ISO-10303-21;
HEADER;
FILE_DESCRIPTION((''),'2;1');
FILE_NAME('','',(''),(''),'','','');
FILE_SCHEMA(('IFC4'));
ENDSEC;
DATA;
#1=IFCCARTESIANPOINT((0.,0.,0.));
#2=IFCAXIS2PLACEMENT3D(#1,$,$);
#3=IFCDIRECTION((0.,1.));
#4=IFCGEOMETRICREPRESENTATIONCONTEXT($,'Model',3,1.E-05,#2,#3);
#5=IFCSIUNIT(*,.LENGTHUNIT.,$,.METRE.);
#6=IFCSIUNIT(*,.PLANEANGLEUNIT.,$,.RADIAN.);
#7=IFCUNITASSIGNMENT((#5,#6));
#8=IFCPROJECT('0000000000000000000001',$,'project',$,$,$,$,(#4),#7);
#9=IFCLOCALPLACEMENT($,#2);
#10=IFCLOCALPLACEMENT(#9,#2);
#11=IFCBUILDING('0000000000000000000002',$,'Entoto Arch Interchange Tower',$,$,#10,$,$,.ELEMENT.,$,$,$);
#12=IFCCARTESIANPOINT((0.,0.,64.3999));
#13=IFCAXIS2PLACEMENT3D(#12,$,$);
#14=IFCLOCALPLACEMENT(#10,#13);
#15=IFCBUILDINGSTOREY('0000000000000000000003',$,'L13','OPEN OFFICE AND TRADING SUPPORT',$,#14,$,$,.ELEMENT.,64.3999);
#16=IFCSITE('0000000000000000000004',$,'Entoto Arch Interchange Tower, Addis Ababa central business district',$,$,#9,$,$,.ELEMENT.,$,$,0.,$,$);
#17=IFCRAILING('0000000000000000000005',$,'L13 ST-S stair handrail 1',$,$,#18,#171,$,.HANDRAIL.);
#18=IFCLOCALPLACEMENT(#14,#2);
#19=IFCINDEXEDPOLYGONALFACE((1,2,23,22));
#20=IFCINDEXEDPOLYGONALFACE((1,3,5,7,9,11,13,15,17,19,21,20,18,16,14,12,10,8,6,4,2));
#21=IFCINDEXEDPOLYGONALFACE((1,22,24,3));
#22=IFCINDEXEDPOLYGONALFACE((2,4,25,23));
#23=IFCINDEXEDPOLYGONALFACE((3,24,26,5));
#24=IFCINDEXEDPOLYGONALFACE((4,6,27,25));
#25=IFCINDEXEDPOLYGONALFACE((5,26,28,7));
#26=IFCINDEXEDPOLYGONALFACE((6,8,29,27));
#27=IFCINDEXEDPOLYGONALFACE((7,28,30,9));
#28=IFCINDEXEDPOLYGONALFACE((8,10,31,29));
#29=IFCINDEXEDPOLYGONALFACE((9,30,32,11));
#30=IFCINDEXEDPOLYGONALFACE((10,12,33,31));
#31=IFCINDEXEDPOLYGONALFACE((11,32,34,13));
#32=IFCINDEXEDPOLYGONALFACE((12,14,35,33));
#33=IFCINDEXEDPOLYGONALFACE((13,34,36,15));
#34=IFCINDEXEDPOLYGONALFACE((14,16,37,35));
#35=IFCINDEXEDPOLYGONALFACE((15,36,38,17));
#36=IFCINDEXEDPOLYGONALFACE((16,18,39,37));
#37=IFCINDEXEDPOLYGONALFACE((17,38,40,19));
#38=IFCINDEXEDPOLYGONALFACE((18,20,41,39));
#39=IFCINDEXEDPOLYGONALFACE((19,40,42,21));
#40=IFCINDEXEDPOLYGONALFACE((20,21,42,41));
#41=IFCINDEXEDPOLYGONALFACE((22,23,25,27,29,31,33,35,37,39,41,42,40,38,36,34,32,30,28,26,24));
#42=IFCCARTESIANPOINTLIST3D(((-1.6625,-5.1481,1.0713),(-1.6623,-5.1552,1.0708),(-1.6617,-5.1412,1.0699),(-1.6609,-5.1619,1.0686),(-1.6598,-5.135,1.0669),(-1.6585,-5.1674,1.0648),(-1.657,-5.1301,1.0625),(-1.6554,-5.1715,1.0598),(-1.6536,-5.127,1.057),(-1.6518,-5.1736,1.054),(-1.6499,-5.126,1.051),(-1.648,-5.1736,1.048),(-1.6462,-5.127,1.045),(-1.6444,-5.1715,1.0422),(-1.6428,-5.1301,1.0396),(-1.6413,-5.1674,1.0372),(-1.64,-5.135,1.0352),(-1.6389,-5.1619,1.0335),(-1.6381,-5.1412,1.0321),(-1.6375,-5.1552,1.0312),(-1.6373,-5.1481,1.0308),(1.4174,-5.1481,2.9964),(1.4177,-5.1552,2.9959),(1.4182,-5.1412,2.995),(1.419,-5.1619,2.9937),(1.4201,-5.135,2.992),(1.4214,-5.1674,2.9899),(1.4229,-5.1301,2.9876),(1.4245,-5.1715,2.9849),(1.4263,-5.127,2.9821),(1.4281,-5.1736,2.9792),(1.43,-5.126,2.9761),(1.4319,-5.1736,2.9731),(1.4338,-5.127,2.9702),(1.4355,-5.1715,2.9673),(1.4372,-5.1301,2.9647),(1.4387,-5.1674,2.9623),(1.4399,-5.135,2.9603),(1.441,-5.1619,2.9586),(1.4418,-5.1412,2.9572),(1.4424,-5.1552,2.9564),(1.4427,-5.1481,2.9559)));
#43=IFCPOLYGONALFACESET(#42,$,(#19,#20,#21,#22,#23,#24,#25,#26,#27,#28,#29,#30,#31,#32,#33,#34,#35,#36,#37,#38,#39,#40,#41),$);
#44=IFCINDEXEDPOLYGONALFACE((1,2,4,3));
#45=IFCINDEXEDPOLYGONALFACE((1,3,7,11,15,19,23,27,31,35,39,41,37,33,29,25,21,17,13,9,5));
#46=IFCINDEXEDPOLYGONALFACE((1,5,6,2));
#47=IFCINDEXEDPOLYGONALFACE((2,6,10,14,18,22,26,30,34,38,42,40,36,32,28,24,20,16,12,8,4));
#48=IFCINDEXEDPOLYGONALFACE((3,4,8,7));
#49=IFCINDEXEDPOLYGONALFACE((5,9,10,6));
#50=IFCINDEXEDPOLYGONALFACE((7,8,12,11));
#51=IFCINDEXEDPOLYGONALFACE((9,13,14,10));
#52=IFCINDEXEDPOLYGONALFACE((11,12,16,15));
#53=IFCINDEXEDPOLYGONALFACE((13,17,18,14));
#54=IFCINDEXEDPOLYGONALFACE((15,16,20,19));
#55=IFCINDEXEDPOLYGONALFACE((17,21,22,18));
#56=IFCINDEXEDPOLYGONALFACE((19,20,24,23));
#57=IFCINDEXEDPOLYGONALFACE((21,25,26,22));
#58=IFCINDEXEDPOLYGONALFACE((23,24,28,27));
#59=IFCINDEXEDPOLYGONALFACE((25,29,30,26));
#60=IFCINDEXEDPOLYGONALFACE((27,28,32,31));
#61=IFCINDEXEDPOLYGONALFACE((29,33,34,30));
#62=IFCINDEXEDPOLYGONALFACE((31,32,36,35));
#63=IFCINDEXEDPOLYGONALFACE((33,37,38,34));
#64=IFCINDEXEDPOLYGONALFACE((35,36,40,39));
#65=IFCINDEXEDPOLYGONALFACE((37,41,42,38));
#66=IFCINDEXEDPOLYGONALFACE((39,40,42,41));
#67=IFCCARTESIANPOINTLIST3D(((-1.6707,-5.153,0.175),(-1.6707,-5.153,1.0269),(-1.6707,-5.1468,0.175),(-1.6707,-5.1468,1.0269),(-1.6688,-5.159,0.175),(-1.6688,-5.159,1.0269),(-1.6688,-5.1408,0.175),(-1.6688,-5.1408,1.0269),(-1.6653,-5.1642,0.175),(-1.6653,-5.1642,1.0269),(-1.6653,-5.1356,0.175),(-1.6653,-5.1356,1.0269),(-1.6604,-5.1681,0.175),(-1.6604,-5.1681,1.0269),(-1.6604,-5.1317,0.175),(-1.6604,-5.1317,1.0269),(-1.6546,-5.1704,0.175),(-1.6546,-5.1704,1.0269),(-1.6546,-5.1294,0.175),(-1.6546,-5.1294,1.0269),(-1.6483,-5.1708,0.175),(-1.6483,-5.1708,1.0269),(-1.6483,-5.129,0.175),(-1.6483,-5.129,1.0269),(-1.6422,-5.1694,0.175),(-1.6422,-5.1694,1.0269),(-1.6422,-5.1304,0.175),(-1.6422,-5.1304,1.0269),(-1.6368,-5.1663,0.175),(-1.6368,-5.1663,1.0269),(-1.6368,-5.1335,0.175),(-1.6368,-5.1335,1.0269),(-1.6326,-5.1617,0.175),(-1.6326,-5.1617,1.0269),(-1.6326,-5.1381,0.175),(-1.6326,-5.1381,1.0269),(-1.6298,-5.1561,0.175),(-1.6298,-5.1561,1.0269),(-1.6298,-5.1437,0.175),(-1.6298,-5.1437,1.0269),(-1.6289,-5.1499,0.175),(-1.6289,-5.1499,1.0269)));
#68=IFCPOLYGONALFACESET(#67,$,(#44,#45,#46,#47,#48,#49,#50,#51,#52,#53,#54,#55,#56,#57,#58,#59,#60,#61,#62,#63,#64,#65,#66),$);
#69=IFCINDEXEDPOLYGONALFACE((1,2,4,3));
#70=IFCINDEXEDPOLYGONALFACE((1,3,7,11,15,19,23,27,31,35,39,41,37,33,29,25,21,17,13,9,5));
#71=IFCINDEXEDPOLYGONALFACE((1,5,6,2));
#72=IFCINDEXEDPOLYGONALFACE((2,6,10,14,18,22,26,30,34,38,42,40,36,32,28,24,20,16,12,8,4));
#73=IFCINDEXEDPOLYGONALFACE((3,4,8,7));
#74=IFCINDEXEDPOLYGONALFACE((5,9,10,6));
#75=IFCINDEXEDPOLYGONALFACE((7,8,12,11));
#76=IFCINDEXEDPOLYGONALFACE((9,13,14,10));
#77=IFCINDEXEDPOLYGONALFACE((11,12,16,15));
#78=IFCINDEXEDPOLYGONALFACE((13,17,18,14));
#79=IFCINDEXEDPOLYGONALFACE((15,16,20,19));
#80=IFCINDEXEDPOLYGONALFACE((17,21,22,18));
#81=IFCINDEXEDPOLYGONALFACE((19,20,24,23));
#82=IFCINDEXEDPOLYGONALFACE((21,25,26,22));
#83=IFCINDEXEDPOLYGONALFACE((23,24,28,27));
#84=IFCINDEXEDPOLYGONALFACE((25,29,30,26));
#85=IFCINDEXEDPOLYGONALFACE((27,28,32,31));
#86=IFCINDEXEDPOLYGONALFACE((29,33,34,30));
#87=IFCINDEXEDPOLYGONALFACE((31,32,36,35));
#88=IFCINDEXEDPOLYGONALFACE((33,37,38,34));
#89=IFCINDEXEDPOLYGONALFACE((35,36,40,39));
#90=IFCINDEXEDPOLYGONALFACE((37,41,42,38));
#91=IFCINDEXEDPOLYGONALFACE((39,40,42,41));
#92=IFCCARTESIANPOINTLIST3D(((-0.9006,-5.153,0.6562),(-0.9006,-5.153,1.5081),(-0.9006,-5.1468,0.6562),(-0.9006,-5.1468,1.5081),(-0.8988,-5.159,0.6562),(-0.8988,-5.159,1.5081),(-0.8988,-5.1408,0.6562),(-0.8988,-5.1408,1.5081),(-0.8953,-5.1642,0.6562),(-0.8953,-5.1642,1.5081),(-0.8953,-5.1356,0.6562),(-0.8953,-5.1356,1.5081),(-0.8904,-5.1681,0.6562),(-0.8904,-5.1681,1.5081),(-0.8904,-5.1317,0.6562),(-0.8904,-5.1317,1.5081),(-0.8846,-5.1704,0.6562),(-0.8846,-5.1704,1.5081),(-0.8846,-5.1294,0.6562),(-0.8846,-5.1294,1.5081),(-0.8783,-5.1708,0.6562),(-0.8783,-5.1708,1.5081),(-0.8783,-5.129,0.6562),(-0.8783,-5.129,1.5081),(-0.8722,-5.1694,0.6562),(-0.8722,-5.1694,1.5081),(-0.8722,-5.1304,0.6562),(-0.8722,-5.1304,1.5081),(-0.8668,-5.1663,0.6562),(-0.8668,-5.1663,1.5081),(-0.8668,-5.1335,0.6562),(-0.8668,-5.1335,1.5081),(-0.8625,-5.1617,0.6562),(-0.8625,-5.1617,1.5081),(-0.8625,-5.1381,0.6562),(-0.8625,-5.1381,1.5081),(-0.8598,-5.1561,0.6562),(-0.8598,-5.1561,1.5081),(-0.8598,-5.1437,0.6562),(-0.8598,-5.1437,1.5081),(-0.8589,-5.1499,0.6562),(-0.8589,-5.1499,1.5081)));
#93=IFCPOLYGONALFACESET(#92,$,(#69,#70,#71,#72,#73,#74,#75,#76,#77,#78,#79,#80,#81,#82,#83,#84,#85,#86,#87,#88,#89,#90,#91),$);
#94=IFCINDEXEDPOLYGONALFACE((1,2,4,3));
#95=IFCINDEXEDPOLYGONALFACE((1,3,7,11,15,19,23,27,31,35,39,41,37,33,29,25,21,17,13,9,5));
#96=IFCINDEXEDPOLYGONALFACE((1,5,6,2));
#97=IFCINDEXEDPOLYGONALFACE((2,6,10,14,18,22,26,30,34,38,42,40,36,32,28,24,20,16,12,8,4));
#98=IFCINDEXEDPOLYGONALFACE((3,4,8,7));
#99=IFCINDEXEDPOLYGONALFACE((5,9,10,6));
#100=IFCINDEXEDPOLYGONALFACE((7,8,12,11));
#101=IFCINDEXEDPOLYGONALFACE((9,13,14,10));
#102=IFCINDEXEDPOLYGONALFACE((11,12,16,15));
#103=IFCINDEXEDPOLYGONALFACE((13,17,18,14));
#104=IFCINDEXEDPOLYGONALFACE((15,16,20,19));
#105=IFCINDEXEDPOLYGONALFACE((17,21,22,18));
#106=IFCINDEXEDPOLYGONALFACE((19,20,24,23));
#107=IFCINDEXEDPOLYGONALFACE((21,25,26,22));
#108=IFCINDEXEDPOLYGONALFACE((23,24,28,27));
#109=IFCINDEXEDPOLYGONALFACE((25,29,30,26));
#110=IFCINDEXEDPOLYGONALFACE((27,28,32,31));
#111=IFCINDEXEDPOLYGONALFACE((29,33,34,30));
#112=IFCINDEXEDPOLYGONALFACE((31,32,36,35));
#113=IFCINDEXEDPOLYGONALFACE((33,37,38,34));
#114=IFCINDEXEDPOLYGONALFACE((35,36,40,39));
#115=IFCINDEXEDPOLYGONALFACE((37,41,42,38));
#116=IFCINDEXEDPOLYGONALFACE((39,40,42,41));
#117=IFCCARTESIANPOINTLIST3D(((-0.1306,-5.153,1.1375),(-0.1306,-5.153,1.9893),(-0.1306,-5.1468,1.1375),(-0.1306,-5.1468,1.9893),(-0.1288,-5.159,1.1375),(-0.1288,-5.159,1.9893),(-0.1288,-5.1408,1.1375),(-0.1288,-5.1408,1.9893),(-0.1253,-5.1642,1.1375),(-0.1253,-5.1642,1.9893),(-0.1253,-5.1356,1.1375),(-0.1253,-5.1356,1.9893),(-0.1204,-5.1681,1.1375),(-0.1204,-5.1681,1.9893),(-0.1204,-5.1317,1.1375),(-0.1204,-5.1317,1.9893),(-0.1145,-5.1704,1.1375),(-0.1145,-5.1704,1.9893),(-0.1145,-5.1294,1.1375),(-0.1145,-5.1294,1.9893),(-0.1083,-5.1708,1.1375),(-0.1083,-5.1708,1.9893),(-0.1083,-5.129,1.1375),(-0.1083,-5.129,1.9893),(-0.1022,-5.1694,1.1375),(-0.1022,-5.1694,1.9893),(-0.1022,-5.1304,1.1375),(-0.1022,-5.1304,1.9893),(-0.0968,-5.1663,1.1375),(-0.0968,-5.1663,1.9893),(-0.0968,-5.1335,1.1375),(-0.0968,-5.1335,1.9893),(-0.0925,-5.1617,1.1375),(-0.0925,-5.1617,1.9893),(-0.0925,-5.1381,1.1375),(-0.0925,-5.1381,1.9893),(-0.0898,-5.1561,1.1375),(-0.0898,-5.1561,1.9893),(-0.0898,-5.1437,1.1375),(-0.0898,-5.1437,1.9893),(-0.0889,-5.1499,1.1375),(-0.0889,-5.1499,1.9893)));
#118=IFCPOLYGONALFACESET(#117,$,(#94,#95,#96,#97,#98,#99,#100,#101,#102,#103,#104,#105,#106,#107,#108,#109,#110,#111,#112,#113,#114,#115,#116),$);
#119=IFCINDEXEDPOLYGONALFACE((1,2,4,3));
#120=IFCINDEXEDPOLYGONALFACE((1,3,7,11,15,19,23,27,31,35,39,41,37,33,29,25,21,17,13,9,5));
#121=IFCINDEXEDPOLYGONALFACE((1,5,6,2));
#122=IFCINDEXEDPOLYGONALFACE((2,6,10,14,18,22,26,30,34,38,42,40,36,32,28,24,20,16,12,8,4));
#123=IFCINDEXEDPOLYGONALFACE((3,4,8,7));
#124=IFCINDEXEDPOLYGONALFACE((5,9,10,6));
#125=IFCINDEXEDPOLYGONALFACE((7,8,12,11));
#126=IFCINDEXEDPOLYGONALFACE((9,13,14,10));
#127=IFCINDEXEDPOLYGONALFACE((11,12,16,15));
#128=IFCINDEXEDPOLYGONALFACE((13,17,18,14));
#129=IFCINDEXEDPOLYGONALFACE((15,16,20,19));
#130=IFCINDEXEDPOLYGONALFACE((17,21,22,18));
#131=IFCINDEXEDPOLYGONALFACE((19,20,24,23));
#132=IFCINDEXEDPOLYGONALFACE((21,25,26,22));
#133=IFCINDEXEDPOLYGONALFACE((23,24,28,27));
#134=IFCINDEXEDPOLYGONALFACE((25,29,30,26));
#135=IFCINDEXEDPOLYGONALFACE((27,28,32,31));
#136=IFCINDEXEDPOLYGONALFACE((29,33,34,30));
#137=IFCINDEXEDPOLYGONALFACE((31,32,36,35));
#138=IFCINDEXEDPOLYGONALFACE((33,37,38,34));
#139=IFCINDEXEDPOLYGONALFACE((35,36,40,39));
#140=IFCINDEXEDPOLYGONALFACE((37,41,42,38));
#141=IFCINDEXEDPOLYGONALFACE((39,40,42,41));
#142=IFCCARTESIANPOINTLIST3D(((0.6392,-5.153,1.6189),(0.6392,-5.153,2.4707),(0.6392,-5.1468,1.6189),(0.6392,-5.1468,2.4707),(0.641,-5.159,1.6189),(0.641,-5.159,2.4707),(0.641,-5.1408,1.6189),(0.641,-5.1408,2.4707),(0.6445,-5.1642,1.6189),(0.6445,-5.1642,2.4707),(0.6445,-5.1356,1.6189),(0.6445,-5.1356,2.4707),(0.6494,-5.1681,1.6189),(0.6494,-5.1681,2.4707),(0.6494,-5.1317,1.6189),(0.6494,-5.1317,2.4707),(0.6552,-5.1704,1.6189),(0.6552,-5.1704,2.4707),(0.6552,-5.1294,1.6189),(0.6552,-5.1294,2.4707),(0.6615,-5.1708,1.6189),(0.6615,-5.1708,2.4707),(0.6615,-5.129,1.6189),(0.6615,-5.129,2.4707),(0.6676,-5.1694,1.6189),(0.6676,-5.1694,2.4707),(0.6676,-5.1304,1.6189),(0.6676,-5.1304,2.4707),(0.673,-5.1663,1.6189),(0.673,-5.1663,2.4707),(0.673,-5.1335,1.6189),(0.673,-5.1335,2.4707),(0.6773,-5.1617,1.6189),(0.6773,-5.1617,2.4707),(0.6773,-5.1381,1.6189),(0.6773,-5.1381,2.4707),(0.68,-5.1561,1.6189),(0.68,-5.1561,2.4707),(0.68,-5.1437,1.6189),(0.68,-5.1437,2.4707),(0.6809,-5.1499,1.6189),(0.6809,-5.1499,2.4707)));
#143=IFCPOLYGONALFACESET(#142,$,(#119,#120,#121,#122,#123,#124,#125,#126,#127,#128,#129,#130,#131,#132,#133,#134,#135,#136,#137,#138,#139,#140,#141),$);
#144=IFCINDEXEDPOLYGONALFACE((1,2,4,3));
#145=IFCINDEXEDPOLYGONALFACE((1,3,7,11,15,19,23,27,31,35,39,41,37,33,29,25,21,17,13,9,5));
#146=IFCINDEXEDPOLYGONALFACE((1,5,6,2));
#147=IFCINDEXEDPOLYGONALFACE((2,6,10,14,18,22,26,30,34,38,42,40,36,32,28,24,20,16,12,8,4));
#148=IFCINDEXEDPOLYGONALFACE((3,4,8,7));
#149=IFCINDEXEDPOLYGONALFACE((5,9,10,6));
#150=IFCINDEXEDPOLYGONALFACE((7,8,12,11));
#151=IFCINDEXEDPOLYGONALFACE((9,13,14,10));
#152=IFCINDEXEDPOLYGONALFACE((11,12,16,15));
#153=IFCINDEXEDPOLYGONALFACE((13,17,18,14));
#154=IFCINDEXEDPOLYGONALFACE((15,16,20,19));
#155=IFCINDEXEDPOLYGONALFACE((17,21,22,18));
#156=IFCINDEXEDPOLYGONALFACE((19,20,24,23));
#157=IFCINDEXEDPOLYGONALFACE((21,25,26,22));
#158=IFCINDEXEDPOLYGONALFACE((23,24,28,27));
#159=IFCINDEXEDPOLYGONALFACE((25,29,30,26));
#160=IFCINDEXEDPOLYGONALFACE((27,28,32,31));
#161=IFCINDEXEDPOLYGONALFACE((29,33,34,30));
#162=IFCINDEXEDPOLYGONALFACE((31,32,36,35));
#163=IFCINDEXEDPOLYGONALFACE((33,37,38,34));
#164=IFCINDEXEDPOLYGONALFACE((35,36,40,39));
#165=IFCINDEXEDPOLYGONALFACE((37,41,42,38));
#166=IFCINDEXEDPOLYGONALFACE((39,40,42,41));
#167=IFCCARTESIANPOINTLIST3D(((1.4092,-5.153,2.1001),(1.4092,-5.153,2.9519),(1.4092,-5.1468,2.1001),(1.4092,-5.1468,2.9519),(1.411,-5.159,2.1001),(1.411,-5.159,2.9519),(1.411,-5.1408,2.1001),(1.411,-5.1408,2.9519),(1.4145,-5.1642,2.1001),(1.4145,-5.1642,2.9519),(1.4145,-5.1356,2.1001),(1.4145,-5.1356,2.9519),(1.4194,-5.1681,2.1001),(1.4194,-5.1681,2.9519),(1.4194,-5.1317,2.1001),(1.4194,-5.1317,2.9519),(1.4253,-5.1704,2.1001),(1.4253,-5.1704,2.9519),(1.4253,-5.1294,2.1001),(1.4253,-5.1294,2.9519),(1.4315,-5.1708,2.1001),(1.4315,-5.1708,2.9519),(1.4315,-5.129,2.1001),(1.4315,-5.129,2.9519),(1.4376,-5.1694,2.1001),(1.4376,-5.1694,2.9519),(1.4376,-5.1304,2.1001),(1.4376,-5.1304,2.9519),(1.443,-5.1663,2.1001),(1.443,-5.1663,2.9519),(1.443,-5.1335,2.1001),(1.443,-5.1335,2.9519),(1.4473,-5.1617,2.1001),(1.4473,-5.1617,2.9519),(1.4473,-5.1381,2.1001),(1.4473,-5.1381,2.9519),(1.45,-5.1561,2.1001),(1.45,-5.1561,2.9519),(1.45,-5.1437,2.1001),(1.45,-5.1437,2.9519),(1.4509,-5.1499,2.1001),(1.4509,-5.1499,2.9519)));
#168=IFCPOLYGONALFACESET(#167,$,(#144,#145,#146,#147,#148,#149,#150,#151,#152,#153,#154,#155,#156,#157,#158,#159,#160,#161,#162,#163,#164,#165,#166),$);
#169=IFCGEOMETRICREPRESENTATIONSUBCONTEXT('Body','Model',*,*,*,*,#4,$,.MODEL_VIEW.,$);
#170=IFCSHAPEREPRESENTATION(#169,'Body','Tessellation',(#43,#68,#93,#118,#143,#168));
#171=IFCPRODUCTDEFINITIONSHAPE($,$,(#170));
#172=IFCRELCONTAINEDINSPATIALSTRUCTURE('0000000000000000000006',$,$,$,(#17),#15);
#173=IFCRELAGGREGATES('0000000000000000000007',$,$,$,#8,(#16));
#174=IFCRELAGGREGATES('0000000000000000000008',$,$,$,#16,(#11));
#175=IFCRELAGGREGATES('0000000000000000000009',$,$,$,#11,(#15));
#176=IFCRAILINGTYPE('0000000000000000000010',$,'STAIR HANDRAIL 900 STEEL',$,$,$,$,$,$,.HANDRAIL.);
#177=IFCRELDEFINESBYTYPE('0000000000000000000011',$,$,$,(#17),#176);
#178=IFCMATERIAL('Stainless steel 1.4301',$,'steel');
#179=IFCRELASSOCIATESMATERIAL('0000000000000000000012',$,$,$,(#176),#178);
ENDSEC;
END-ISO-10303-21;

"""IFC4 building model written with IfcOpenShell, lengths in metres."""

from ifc_helpers import new_model, si_unit, direction, frame, origin, origin_2d, place, context, subcontext, project, spatial, circle, extrude, material, type_object, element, save


model = new_model("IFC4")

# Units and contexts
model_context = context("Model", 3, precision=1e-05, world=origin(), true_north=direction((0.0, 1.0)))
body_context = subcontext(model_context, "Body", "Model", "MODEL_VIEW")
ifc_project = project(units=[si_unit("LENGTHUNIT", "METRE"), si_unit("PLANEANGLEUNIT", "RADIAN")], contexts=[model_context])

# Site, building, storey
site_placement = place(None, origin())
site = spatial("IfcSite", under=ifc_project, at=site_placement, Name="Entoto Arch Interchange Tower, Addis Ababa central business district", CompositionType="ELEMENT", RefElevation=0.0)
building_placement = place(site_placement, origin())
building = spatial("IfcBuilding", under=site, at=building_placement, Name="Entoto Arch Interchange Tower", CompositionType="ELEMENT")
storey_placement = place(building_placement, frame((0.0, 0.0, 64.3999)))
storey = spatial("IfcBuildingStorey", under=building, at=storey_placement, Name="L13", Description="OPEN OFFICE AND TRADING SUPPORT", CompositionType="ELEMENT", Elevation=64.3999)

# Railing
ifc_material_1 = material(Name="Stainless steel 1.4301", Category="steel")
railing_type_1 = type_object("IfcRailingType", Name="STAIR HANDRAIL 900 STEEL", PredefinedType="HANDRAIL", material=ifc_material_1)
railing_1_placement = place(storey_placement, frame((-1.6499, -5.1499, 0.175)))
element("IfcRailing", 1, at=railing_1_placement, inside=storey, type_object=railing_type_1, Name="L13 ST-S stair handrail 1", PredefinedType="HANDRAIL", context=body_context, shape_type="SweptSolid", body=[
    extrude(circle(Radius=0.0239, at=origin_2d()), frame((0.0, 0.0, 0.876), z_axis=(0.847979, 0.0, 0.530029), x_axis=(0.0, 1.0, 0.0)), (0.0, 0.0, 1.0), 3.6321),
    extrude(circle(Radius=0.021, at=origin_2d()), origin(), (0.0, 0.0, 1.0), 0.8518),
    extrude(circle(Radius=0.021, at=origin_2d()), frame((0.77, 0.0, 0.4812)), (0.0, 0.0, 1.0), 0.8518),
    extrude(circle(Radius=0.021, at=origin_2d()), frame((1.54, 0.0, 0.9624)), (0.0, 0.0, 1.0), 0.8518),
    extrude(circle(Radius=0.021, at=origin_2d()), frame((2.3098, 0.0, 1.4438)), (0.0, 0.0, 1.0), 0.8518),
    extrude(circle(Radius=0.021, at=origin_2d()), frame((3.0798, 0.0, 1.925)), (0.0, 0.0, 1.0), 0.8518),
])

save(model, "model.ifc")
